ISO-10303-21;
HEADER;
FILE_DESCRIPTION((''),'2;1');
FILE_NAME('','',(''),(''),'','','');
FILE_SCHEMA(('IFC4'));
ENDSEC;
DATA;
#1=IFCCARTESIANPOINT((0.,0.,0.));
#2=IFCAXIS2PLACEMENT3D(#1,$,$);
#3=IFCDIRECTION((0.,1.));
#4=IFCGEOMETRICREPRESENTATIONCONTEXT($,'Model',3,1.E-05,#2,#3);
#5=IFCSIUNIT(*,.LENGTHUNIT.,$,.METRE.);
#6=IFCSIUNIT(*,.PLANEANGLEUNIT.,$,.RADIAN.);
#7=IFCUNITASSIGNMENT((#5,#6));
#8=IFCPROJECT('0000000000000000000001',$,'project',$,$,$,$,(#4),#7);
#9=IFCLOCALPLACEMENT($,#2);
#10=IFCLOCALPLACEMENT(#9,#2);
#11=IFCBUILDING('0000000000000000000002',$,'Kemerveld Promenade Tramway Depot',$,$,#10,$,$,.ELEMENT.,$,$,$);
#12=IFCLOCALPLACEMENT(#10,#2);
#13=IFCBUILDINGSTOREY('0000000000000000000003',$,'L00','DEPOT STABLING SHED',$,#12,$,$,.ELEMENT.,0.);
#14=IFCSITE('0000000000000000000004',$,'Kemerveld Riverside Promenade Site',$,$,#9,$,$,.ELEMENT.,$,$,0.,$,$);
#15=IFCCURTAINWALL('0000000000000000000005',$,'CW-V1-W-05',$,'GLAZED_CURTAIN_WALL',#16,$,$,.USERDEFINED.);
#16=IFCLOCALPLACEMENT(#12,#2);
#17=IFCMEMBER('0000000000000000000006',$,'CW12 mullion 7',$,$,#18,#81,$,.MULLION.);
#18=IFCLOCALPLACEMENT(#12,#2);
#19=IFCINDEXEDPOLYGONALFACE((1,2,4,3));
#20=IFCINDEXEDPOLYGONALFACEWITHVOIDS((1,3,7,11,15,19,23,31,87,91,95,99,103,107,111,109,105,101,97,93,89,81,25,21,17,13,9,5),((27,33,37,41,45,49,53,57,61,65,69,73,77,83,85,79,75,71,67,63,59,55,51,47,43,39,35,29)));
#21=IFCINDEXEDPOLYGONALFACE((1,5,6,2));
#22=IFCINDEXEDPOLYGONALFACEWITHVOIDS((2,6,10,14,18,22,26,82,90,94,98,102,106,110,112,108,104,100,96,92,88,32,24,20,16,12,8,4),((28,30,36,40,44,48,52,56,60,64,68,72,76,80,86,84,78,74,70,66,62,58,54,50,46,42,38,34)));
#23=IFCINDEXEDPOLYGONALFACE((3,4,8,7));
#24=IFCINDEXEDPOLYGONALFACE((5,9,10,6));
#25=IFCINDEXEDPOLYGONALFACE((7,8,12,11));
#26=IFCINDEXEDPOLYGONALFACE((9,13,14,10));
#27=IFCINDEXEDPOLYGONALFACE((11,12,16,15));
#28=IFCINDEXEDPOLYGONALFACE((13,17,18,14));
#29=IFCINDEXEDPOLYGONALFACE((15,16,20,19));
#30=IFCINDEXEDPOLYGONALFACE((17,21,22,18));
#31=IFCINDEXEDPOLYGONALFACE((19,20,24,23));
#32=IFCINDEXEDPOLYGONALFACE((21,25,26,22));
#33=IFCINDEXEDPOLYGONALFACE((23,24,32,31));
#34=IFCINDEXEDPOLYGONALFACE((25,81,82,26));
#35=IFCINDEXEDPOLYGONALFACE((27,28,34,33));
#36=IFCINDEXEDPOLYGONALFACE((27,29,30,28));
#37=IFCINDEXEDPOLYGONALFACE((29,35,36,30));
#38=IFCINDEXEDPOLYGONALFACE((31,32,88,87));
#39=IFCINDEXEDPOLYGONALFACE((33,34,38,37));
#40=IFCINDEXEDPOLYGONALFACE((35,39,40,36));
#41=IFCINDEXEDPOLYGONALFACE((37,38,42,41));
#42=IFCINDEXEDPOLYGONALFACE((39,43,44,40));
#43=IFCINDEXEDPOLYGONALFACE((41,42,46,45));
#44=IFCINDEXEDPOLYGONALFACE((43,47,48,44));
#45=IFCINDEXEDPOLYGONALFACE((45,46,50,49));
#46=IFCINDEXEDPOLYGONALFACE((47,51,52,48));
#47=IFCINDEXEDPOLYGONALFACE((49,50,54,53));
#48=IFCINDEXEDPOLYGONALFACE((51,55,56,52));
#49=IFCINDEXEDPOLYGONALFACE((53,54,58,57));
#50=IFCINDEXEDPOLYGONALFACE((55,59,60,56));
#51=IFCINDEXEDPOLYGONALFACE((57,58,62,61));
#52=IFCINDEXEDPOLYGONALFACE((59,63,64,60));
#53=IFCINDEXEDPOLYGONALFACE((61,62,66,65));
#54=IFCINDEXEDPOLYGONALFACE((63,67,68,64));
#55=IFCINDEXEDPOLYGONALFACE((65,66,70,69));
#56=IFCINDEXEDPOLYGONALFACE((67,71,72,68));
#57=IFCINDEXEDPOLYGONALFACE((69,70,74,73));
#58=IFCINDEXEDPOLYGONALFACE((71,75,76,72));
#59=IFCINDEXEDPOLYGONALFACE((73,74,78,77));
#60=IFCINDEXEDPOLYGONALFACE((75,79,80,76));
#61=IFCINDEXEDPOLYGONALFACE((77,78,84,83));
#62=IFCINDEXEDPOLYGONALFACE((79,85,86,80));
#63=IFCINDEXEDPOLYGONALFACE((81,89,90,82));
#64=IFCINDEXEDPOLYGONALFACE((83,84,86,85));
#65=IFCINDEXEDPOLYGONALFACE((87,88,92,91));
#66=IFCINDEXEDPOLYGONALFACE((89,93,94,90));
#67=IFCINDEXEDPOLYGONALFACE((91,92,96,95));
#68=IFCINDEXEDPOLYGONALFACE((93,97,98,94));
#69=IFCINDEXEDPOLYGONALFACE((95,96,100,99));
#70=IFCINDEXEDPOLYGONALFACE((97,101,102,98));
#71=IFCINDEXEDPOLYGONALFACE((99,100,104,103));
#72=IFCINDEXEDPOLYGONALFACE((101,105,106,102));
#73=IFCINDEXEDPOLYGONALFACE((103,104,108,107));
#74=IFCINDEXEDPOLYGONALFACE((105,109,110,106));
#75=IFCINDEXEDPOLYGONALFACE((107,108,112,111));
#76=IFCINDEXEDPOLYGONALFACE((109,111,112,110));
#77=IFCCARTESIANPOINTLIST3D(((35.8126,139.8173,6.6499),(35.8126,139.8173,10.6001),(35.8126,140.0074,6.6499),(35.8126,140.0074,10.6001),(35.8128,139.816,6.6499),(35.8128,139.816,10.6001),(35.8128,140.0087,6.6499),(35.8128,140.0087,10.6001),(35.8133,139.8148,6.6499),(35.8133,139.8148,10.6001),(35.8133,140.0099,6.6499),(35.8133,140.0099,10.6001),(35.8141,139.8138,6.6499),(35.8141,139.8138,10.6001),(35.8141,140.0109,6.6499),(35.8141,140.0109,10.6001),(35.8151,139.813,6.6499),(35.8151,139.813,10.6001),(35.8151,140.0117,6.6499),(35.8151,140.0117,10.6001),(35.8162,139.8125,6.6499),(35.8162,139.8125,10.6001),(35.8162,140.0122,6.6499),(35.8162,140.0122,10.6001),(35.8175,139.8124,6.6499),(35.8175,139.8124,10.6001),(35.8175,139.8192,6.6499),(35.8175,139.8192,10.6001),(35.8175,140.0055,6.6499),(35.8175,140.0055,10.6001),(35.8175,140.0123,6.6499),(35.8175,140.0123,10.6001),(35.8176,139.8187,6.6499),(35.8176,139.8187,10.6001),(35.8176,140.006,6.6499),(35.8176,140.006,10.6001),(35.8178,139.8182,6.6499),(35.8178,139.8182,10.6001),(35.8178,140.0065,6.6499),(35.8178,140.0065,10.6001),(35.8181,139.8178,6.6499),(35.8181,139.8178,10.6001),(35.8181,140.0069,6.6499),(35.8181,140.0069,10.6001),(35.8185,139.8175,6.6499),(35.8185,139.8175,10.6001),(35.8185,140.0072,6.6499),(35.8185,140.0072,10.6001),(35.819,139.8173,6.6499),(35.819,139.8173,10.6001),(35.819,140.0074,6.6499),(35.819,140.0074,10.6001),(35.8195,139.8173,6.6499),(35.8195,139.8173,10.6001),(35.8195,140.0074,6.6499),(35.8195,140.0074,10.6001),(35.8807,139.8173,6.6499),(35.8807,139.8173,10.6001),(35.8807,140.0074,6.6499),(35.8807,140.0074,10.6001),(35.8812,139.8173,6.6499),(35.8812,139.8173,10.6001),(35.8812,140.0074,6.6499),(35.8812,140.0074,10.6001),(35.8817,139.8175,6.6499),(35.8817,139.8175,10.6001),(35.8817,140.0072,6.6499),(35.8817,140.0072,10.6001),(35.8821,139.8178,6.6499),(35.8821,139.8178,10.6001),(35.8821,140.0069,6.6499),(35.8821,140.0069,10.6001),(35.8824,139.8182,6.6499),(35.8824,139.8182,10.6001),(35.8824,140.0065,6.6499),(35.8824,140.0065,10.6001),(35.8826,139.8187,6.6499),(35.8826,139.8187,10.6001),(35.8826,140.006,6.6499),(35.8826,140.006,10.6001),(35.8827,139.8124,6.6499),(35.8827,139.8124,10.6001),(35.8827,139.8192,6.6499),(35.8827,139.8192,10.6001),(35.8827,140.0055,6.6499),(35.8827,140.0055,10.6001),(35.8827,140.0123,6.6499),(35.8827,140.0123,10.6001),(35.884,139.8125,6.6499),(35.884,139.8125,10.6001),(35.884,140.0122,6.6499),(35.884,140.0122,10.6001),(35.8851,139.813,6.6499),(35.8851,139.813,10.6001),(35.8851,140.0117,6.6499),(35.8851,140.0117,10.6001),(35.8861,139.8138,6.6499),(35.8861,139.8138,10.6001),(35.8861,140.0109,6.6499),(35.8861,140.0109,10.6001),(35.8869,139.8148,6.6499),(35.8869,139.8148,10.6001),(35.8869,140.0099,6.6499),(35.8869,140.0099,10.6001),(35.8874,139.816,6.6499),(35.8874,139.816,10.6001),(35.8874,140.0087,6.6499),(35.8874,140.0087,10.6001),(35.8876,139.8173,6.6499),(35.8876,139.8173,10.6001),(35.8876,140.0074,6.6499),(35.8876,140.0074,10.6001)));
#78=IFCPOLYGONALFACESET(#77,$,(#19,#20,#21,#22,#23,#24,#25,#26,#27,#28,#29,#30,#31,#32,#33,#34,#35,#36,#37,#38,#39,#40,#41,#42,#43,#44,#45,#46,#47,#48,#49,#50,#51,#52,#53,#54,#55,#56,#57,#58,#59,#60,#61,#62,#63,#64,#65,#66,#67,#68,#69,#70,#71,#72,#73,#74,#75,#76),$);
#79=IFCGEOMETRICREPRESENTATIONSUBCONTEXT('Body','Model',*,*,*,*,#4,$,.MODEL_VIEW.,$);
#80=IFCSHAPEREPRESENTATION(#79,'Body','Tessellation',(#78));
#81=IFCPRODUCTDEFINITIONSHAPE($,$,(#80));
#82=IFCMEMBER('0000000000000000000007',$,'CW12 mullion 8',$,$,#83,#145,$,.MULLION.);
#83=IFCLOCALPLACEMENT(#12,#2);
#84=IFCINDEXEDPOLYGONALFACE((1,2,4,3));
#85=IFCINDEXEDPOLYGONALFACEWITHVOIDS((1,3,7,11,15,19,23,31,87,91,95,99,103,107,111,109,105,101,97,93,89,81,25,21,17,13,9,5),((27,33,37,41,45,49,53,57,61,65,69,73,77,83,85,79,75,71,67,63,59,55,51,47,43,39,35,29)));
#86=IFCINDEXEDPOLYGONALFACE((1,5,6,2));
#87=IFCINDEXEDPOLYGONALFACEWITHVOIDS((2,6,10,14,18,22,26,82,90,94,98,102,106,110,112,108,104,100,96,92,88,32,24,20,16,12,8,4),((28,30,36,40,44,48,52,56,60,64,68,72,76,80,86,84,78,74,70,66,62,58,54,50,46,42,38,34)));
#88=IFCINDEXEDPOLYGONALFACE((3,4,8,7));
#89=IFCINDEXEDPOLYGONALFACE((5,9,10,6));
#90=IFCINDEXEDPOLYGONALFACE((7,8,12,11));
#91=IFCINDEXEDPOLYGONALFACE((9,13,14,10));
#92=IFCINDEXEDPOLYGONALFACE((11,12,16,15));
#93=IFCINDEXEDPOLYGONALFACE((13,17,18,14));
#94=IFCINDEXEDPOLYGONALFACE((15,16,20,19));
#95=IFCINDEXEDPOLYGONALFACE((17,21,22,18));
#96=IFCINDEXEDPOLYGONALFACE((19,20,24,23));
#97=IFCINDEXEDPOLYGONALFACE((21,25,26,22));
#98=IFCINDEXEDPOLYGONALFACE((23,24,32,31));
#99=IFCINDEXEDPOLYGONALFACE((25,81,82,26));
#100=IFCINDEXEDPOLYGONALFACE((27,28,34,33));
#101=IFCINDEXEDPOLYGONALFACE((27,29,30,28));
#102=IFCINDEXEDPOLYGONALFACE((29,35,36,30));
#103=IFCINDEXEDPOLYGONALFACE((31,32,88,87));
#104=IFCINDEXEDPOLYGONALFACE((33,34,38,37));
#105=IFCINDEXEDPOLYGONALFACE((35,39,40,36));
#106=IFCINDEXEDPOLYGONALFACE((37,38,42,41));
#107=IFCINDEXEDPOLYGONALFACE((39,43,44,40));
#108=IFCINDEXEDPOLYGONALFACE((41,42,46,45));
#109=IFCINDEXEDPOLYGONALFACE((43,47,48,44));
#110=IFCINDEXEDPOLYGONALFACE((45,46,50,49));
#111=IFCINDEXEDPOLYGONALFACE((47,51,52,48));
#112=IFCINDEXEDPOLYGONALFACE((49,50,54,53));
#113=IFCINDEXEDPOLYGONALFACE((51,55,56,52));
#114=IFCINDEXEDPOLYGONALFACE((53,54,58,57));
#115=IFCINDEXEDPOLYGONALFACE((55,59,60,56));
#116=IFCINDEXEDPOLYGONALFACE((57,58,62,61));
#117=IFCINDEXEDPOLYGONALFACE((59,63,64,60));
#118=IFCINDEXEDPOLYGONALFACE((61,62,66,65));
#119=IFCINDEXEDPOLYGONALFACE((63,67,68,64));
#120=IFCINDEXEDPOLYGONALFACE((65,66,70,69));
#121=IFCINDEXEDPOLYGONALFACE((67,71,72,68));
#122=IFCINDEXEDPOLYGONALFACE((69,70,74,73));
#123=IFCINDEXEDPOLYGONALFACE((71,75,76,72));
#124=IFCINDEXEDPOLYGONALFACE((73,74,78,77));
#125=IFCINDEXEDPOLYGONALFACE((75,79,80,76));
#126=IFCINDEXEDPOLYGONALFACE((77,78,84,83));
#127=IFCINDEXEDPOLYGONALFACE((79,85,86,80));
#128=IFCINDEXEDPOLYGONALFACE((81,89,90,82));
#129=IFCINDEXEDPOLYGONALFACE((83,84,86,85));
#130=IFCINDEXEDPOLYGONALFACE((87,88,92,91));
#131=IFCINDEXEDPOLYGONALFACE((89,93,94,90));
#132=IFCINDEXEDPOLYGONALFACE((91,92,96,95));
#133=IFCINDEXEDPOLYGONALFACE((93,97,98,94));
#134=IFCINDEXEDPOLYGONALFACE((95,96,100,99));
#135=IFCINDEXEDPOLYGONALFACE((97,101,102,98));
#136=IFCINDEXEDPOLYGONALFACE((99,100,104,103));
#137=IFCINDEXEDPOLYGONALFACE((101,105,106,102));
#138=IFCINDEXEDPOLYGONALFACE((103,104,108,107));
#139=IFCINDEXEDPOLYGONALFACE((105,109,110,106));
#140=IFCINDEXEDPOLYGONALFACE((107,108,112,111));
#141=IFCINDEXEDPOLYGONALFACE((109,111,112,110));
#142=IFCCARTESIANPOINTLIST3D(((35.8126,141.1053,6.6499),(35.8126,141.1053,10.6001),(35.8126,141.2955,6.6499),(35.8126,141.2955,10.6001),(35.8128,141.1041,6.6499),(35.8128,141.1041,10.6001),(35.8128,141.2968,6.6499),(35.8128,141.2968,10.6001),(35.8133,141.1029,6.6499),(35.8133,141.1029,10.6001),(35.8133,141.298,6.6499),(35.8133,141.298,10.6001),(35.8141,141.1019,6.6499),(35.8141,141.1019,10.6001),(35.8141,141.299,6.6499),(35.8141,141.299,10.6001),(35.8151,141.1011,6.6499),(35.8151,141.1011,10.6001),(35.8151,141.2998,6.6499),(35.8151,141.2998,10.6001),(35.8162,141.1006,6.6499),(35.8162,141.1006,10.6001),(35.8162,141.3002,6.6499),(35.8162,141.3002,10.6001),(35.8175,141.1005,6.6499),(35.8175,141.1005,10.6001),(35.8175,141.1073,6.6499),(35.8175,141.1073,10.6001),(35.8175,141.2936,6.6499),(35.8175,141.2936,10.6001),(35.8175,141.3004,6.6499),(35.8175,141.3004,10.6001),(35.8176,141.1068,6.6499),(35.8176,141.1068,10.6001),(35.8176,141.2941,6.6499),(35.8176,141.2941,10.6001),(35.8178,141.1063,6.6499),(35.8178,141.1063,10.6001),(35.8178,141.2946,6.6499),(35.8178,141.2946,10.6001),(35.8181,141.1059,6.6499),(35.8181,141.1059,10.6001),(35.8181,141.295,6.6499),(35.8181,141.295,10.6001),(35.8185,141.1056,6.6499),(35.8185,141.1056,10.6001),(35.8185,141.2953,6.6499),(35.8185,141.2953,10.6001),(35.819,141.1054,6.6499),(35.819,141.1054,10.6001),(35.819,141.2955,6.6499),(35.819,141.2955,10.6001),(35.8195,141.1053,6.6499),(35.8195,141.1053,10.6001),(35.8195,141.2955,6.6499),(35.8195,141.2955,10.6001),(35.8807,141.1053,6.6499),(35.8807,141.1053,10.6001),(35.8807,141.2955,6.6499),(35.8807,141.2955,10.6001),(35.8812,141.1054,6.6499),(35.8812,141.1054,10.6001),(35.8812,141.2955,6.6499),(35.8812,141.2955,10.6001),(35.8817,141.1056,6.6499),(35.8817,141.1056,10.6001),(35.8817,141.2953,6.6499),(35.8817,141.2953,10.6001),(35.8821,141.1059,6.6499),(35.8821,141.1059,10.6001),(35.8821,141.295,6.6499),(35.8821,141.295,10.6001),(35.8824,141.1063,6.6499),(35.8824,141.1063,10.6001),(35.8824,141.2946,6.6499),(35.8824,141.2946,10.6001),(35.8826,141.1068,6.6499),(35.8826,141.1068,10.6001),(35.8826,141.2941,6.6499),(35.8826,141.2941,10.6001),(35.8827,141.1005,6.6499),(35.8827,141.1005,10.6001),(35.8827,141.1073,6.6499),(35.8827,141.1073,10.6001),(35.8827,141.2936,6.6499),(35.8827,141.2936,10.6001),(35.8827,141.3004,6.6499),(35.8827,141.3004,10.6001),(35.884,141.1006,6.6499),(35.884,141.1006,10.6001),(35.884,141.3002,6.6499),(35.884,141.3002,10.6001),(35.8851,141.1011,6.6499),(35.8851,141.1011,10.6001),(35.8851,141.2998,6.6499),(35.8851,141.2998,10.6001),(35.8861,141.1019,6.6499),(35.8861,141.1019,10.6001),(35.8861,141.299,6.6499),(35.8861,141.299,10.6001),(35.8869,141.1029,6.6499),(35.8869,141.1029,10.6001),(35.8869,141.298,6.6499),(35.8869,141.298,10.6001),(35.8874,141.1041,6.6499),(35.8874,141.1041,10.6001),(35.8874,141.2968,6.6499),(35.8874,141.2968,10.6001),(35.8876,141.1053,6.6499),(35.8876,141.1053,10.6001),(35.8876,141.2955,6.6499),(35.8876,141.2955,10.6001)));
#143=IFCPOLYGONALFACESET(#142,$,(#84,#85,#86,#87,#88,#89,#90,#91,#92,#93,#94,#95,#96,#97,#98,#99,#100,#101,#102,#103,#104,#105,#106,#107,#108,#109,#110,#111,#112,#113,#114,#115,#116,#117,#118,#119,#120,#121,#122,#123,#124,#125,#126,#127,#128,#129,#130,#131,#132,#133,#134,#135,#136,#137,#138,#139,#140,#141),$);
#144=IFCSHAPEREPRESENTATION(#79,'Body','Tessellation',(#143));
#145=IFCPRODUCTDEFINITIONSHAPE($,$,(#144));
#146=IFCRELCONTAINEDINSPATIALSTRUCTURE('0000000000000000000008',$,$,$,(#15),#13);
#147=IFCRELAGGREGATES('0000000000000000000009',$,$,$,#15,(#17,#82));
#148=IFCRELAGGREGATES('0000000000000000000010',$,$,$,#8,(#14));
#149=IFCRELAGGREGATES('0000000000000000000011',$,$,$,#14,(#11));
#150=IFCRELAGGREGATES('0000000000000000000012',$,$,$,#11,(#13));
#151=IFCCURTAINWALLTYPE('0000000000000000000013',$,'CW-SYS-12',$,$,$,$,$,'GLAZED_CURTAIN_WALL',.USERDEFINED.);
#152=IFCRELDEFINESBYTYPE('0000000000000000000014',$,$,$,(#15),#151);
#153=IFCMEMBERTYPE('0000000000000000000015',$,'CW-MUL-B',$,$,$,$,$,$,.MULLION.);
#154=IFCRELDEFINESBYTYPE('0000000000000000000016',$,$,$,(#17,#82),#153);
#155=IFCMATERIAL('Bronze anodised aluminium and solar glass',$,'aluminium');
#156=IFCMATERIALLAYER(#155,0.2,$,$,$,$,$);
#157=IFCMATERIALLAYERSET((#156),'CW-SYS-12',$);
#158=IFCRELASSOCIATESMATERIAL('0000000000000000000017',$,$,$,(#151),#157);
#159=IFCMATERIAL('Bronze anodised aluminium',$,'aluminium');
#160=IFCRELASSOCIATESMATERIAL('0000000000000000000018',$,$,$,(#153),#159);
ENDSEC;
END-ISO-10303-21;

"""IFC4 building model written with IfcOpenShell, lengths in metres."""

from ifc_helpers import new_model, si_unit, direction, frame, origin, origin_2d, place, context, subcontext, project, spatial, hollow_rectangle, extrude, material, layer, layer_set, material_profile, profile_set, type_object, element, aggregate, save


model = new_model("IFC4")

# Units and contexts
model_context = context("Model", 3, precision=1e-05, world=origin(), true_north=direction((0.0, 1.0)))
body_context = subcontext(model_context, "Body", "Model", "MODEL_VIEW")
ifc_project = project(units=[si_unit("LENGTHUNIT", "METRE"), si_unit("PLANEANGLEUNIT", "RADIAN")], contexts=[model_context])

# Site, building, storey
site_placement = place(None, origin())
site = spatial("IfcSite", under=ifc_project, at=site_placement, Name="Kemerveld Riverside Promenade Site", CompositionType="ELEMENT", RefElevation=0.0)
building_placement = place(site_placement, origin())
building = spatial("IfcBuilding", under=site, at=building_placement, Name="Kemerveld Promenade Tramway Depot", CompositionType="ELEMENT")
storey_placement = place(building_placement, origin())
storey = spatial("IfcBuildingStorey", under=building, at=storey_placement, Name="L00", Description="DEPOT STABLING SHED", CompositionType="ELEMENT", Elevation=0.0)

# Curtain wall, members
ifc_material_1 = material(Name="Bronze anodised aluminium and solar glass", Category="aluminium")
ifc_layer_1 = layer(ifc_material_1, 0.2)
ifc_layer_set_1 = layer_set([ifc_layer_1], Name="CW-SYS-12")
curtain_wall_type = type_object("IfcCurtainWallType", Name="CW-SYS-12", ElementType="GLAZED_CURTAIN_WALL", PredefinedType="USERDEFINED", material=ifc_layer_set_1)
curtain_wall_placement = place(storey_placement, origin())
curtain_wall = element("IfcCurtainWall", 1, at=curtain_wall_placement, inside=storey, type_object=curtain_wall_type, Name="CW-V1-W-05", ObjectType="GLAZED_CURTAIN_WALL", PredefinedType="USERDEFINED")
ifc_material_2 = material(Name="Bronze anodised aluminium", Category="aluminium")
ifc_material_profile_1 = material_profile(ifc_material_2, hollow_rectangle(XDim=0.075, YDim=0.2, WallThickness=0.0049, InnerFilletRadius=0.002, OuterFilletRadius=0.0049, at=origin_2d()), Name="CW-MUL-200x75")
ifc_profile_set_1 = profile_set([ifc_material_profile_1], Name="Bronze anodised aluminium")
member_type_1 = type_object("IfcMemberType", Name="CW-MUL-B", PredefinedType="MULLION", material=ifc_profile_set_1)
member_1_placement = place(storey_placement, frame((35.8501, 139.9124, 6.6499), z_axis=(0.0, 0.0, 1.0), x_axis=(-1.0, 0.0, 0.0)))
member_1 = element("IfcMember", 2, at=member_1_placement, type_object=member_type_1, Name="CW12 mullion 7", PredefinedType="MULLION", context=body_context, shape_type="SweptSolid", body=[
    extrude(hollow_rectangle(XDim=0.075, YDim=0.2, WallThickness=0.0049, InnerFilletRadius=0.002, OuterFilletRadius=0.0049, at=origin_2d()), origin(), (0.0, 0.0, 1.0), 3.9502),
])
member_2_placement = place(storey_placement, frame((35.8501, 141.2004, 6.6499), z_axis=(0.0, 0.0, 1.0), x_axis=(-1.0, 0.0, 0.0)))
member_2 = element("IfcMember", 3, at=member_2_placement, type_object=member_type_1, Name="CW12 mullion 8", PredefinedType="MULLION", context=body_context, shape_type="SweptSolid", body=[
    extrude(hollow_rectangle(XDim=0.075, YDim=0.2, WallThickness=0.0049, InnerFilletRadius=0.002, OuterFilletRadius=0.0049, at=origin_2d()), origin(), (0.0, 0.0, 1.0), 3.9502),
])
aggregate(curtain_wall, [member_1, member_2])

save(model, "model.ifc")
